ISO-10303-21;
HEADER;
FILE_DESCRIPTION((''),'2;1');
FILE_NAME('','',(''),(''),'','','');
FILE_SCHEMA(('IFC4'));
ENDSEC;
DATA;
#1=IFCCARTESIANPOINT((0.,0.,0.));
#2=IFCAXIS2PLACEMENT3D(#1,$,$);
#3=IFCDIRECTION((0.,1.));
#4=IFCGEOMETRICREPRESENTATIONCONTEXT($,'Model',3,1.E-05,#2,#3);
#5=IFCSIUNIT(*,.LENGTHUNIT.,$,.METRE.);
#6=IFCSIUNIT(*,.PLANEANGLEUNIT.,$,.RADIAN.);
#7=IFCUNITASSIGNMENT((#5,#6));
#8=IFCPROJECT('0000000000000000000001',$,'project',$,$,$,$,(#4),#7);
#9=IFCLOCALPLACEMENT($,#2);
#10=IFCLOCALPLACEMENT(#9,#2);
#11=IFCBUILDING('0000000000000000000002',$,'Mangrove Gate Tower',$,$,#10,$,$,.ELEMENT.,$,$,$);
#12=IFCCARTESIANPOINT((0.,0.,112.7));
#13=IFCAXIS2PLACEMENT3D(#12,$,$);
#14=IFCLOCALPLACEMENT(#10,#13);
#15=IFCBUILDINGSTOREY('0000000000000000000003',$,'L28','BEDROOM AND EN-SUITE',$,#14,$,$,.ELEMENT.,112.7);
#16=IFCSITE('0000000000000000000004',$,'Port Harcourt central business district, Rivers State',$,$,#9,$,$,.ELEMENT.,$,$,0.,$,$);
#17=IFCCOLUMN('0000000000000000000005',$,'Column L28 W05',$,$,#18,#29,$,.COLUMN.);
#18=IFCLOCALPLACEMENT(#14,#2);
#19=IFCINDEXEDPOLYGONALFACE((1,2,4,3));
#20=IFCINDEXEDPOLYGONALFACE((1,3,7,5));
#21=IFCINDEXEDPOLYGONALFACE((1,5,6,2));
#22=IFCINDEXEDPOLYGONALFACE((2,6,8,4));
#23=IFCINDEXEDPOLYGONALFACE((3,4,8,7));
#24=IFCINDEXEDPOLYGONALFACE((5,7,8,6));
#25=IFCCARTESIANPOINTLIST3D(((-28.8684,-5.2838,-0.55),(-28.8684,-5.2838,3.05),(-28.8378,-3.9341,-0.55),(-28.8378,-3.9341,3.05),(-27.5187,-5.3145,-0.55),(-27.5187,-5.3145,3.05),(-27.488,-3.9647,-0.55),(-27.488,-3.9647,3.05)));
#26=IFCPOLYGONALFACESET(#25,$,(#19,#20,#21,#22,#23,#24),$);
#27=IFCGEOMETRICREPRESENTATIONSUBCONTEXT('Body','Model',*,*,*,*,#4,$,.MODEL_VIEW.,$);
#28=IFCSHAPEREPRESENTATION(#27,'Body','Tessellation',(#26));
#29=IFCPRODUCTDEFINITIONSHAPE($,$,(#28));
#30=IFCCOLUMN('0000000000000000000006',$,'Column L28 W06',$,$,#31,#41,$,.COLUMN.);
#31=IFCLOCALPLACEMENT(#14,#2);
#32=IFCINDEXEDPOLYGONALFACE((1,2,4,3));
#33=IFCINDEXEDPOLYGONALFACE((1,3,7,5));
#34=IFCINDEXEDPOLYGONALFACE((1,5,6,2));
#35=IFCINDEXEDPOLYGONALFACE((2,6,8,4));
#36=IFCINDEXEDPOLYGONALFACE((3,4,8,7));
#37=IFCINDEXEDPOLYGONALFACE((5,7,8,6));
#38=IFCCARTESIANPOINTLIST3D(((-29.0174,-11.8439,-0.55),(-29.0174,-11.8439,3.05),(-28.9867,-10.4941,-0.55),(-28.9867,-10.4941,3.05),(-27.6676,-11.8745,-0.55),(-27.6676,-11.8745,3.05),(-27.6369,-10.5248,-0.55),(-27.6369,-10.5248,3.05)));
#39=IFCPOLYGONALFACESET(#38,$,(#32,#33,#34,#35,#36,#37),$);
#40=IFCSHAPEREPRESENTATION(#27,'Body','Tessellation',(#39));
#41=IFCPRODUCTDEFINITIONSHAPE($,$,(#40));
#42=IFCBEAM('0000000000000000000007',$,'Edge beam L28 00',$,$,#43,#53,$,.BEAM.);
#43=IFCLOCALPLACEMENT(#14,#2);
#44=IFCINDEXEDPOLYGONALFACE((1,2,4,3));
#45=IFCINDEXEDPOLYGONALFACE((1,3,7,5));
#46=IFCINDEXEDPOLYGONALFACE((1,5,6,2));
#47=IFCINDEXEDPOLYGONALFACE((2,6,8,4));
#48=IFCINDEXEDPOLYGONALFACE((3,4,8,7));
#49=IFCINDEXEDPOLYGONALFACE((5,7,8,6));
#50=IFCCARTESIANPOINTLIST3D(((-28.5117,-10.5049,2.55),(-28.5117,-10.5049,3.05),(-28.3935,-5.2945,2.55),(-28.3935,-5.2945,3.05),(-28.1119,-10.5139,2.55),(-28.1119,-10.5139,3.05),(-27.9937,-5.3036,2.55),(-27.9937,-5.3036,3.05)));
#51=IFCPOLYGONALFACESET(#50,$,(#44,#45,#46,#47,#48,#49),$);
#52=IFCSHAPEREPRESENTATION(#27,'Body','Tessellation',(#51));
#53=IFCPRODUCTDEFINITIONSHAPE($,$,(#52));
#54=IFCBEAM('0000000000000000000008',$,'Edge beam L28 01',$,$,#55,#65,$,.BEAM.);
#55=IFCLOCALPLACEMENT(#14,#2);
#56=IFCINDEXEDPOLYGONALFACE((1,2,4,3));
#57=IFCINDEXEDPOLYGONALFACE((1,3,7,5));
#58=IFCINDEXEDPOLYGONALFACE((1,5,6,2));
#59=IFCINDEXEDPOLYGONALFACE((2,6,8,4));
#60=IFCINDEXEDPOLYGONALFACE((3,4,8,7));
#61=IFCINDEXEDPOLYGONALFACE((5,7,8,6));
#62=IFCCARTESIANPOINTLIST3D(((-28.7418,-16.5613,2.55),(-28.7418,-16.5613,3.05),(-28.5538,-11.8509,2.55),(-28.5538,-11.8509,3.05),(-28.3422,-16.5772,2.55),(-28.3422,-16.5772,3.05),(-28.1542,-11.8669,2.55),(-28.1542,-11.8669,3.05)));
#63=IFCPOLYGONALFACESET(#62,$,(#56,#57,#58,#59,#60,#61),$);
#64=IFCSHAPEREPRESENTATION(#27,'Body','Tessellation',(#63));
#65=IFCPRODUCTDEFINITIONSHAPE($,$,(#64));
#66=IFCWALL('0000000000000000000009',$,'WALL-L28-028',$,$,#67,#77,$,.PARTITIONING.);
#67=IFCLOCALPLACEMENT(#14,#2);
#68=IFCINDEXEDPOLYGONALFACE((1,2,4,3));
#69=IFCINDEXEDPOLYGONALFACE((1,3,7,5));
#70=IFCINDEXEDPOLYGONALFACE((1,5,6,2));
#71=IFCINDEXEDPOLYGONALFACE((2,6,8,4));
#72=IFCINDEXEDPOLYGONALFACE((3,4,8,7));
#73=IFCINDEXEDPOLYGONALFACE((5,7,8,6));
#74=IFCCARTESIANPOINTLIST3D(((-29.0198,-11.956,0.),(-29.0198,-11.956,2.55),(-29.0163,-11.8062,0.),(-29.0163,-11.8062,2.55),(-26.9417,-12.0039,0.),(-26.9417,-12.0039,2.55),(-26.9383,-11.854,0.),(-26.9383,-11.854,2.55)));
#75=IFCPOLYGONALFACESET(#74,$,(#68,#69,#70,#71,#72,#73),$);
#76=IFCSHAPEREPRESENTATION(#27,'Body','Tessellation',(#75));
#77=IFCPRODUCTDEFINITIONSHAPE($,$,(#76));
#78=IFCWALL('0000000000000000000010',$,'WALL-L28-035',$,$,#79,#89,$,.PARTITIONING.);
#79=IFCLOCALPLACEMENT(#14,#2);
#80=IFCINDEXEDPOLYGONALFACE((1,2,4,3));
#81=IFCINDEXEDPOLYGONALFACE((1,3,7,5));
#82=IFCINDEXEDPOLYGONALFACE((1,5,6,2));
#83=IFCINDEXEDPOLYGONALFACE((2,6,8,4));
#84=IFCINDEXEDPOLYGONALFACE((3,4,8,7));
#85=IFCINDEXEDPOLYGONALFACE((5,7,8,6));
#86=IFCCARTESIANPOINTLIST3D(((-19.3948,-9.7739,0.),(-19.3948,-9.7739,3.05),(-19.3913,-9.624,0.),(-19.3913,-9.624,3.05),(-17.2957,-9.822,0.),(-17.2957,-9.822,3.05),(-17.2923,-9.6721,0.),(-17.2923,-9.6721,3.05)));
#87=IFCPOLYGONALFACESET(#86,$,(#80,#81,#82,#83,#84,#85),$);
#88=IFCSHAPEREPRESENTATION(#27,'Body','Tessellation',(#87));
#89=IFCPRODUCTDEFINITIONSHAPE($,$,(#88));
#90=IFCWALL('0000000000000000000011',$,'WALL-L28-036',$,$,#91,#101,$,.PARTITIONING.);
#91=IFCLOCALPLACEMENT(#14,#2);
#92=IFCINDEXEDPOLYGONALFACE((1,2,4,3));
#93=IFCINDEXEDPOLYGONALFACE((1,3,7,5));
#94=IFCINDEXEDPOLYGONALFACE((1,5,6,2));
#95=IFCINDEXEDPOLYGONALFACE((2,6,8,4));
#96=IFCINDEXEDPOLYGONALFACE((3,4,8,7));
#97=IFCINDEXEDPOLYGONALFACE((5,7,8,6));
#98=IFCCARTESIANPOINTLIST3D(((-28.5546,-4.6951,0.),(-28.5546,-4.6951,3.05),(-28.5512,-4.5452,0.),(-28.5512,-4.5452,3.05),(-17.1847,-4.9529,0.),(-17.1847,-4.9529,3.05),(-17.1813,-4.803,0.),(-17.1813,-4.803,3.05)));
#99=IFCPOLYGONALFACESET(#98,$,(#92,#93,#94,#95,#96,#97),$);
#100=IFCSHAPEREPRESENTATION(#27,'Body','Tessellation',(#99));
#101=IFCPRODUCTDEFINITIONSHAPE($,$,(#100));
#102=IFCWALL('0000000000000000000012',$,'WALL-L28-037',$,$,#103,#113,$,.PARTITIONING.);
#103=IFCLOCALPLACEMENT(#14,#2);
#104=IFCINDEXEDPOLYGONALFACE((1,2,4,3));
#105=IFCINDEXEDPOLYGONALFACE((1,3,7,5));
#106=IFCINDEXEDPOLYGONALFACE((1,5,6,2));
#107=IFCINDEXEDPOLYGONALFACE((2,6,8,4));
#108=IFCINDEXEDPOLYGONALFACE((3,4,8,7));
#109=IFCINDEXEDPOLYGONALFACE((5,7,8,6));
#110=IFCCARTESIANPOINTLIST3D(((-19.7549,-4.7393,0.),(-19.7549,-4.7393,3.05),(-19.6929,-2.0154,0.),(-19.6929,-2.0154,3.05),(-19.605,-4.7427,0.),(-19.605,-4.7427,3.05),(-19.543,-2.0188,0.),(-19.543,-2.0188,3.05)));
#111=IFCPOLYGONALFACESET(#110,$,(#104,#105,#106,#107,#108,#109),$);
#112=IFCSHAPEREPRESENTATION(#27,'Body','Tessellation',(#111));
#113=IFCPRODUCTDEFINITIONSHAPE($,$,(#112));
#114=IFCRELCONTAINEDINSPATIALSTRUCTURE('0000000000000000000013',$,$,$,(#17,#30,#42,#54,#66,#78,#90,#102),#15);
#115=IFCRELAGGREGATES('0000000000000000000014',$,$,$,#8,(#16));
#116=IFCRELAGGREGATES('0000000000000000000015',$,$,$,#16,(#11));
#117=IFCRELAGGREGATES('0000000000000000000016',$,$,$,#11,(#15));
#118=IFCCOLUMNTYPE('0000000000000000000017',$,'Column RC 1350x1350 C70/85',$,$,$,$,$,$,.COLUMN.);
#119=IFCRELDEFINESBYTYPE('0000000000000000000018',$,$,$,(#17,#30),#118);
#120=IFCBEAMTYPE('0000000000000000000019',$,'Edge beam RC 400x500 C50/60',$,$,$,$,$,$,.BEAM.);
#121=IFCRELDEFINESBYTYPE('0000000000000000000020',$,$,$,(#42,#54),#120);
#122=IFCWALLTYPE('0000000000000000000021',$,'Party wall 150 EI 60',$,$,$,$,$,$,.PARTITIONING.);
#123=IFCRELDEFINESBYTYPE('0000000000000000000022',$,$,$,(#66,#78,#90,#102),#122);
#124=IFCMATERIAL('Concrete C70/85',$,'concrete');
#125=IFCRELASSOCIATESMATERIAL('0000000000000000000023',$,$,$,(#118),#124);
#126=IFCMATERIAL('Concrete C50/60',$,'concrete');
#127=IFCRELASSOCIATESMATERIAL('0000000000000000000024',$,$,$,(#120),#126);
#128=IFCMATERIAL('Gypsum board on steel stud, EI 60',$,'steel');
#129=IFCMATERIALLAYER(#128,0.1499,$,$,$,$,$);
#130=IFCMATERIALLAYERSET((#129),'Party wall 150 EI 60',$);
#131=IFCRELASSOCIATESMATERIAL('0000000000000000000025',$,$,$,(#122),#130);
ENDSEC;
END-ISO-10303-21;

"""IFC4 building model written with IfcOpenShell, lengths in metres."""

from ifc_helpers import new_model, si_unit, direction, frame, frame_2d, origin, origin_2d, place, context, subcontext, project, spatial, rectangle, extrude, material, layer, layer_set, material_profile, profile_set, type_object, element, save


model = new_model("IFC4")

# Units and contexts
model_context = context("Model", 3, precision=1e-05, world=origin(), true_north=direction((0.0, 1.0)))
body_context = subcontext(model_context, "Body", "Model", "MODEL_VIEW")
ifc_project = project(units=[si_unit("LENGTHUNIT", "METRE"), si_unit("PLANEANGLEUNIT", "RADIAN")], contexts=[model_context])

# Site, building, storey
site_placement = place(None, origin())
site = spatial("IfcSite", under=ifc_project, at=site_placement, Name="Port Harcourt central business district, Rivers State", CompositionType="ELEMENT", RefElevation=0.0)
building_placement = place(site_placement, origin())
building = spatial("IfcBuilding", under=site, at=building_placement, Name="Mangrove Gate Tower", CompositionType="ELEMENT")
storey_placement = place(building_placement, frame((0.0, 0.0, 112.7)))
storey = spatial("IfcBuildingStorey", under=building, at=storey_placement, Name="L28", Description="BEDROOM AND EN-SUITE", CompositionType="ELEMENT", Elevation=112.7)

# Columns
ifc_material_1 = material(Name="Concrete C70/85", Category="concrete")
ifc_material_profile_1 = material_profile(ifc_material_1, rectangle(XDim=1.3501, YDim=1.3501, at=origin_2d()))
ifc_profile_set_1 = profile_set([ifc_material_profile_1], Name="Concrete C70/85")
column_type = type_object("IfcColumnType", Name="Column RC 1350x1350 C70/85", PredefinedType="COLUMN", material=ifc_profile_set_1)
for number, where, z_axis, x_axis, name in (
    (1, (-28.1782, -4.6243, -0.55), (0.0, 0.0, 1.0), (-0.022696, -0.999742, 0.0), "Column L28 W05"),
    (2, (-28.3271, -11.1843, -0.55), (0.0, 0.0, 1.0), (-0.022706, -0.999742, 0.0), "Column L28 W06"),
):
    element("IfcColumn", number, at=place(storey_placement, frame(where, z_axis=z_axis, x_axis=x_axis)), inside=storey, type_object=column_type, Name=name, PredefinedType="COLUMN", context=body_context, shape_type="SweptSolid", body=[
        extrude(rectangle(XDim=1.3501, YDim=1.3501, at=origin_2d()), origin(), (0.0, 0.0, 1.0), 3.6001),
    ])

# Beams
ifc_material_2 = material(Name="Concrete C50/60", Category="concrete")
ifc_material_profile_2 = material_profile(ifc_material_2, rectangle(XDim=0.3999, YDim=0.5, at=origin_2d()))
ifc_profile_set_2 = profile_set([ifc_material_profile_2], Name="Concrete C50/60")
beam_type = type_object("IfcBeamType", Name="Edge beam RC 400x500 C50/60", PredefinedType="BEAM", material=ifc_profile_set_2)
beam_1_placement = place(storey_placement, frame((-28.1936, -5.2991, 2.8), z_axis=(-0.022672, -0.999743, 0.0), x_axis=(0.999743, -0.022672, 0.0)))
element("IfcBeam", 3, at=beam_1_placement, inside=storey, type_object=beam_type, Name="Edge beam L28 00", PredefinedType="BEAM", context=body_context, shape_type="SweptSolid", body=[
    extrude(rectangle(XDim=0.3999, YDim=0.5, at=origin_2d()), origin(), (0.0, 0.0, 1.0), 5.2117),
])
beam_2_placement = place(storey_placement, frame((-28.354, -11.8589, 2.8), z_axis=(-0.039877, -0.999205, 0.0), x_axis=(0.999205, -0.039877, 0.0)))
element("IfcBeam", 4, at=beam_2_placement, inside=storey, type_object=beam_type, Name="Edge beam L28 01", PredefinedType="BEAM", context=body_context, shape_type="SweptSolid", body=[
    extrude(rectangle(XDim=0.3999, YDim=0.5, at=origin_2d()), origin(), (0.0, 0.0, 1.0), 4.7141),
])

# Walls
ifc_material_3 = material(Name="Gypsum board on steel stud, EI 60", Category="steel")
ifc_layer = layer(ifc_material_3, 0.1499)
ifc_layer_set = layer_set([ifc_layer], Name="Party wall 150 EI 60")
wall_type = type_object("IfcWallType", Name="Party wall 150 EI 60", PredefinedType="PARTITIONING", material=ifc_layer_set)
wall_1_placement = place(storey_placement, frame((-29.0181, -11.8811, 0.0), z_axis=(0.0, 0.0, 1.0), x_axis=(0.999735, -0.02302, 0.0)))
element("IfcWall", 5, at=wall_1_placement, inside=storey, type_object=wall_type, Name="WALL-L28-028", PredefinedType="PARTITIONING", context=body_context, shape_type="SweptSolid", body=[
    extrude(rectangle(XDim=2.0786, YDim=0.1499, at=frame_2d((1.0393, 0.0))), origin(), (0.0, 0.0, 1.0), 2.55),
])
wall_2_placement = place(storey_placement, frame((-19.3931, -9.699, 0.0), z_axis=(0.0, 0.0, 1.0), x_axis=(0.999738, -0.022906, 0.0)))
element("IfcWall", 6, at=wall_2_placement, inside=storey, type_object=wall_type, Name="WALL-L28-035", PredefinedType="PARTITIONING", context=body_context, shape_type="SweptSolid", body=[
    extrude(rectangle(XDim=2.0996, YDim=0.1499, at=frame_2d((1.0498, 0.0))), origin(), (0.0, 0.0, 1.0), 3.05),
])
wall_3_placement = place(storey_placement, frame((-28.553, -4.6201, 0.0), z_axis=(0.0, 0.0, 1.0), x_axis=(0.999743, -0.022669, 0.0)))
element("IfcWall", 7, at=wall_3_placement, inside=storey, type_object=wall_type, Name="WALL-L28-036", PredefinedType="PARTITIONING", context=body_context, shape_type="SweptSolid", body=[
    extrude(rectangle(XDim=11.3728, YDim=0.1499, at=frame_2d((5.6865, 0.0))), origin(), (0.0, 0.0, 1.0), 3.05),
])
wall_4_placement = place(storey_placement, frame((-19.6799, -4.741, 0.0), z_axis=(0.0, 0.0, 1.0), x_axis=(0.02276, 0.999741, 0.0)))
element("IfcWall", 8, at=wall_4_placement, inside=storey, type_object=wall_type, Name="WALL-L28-037", PredefinedType="PARTITIONING", context=body_context, shape_type="SweptSolid", body=[
    extrude(rectangle(XDim=2.7246, YDim=0.1499, at=frame_2d((1.3623, 0.0))), origin(), (0.0, 0.0, 1.0), 3.05),
])

save(model, "model.ifc")
